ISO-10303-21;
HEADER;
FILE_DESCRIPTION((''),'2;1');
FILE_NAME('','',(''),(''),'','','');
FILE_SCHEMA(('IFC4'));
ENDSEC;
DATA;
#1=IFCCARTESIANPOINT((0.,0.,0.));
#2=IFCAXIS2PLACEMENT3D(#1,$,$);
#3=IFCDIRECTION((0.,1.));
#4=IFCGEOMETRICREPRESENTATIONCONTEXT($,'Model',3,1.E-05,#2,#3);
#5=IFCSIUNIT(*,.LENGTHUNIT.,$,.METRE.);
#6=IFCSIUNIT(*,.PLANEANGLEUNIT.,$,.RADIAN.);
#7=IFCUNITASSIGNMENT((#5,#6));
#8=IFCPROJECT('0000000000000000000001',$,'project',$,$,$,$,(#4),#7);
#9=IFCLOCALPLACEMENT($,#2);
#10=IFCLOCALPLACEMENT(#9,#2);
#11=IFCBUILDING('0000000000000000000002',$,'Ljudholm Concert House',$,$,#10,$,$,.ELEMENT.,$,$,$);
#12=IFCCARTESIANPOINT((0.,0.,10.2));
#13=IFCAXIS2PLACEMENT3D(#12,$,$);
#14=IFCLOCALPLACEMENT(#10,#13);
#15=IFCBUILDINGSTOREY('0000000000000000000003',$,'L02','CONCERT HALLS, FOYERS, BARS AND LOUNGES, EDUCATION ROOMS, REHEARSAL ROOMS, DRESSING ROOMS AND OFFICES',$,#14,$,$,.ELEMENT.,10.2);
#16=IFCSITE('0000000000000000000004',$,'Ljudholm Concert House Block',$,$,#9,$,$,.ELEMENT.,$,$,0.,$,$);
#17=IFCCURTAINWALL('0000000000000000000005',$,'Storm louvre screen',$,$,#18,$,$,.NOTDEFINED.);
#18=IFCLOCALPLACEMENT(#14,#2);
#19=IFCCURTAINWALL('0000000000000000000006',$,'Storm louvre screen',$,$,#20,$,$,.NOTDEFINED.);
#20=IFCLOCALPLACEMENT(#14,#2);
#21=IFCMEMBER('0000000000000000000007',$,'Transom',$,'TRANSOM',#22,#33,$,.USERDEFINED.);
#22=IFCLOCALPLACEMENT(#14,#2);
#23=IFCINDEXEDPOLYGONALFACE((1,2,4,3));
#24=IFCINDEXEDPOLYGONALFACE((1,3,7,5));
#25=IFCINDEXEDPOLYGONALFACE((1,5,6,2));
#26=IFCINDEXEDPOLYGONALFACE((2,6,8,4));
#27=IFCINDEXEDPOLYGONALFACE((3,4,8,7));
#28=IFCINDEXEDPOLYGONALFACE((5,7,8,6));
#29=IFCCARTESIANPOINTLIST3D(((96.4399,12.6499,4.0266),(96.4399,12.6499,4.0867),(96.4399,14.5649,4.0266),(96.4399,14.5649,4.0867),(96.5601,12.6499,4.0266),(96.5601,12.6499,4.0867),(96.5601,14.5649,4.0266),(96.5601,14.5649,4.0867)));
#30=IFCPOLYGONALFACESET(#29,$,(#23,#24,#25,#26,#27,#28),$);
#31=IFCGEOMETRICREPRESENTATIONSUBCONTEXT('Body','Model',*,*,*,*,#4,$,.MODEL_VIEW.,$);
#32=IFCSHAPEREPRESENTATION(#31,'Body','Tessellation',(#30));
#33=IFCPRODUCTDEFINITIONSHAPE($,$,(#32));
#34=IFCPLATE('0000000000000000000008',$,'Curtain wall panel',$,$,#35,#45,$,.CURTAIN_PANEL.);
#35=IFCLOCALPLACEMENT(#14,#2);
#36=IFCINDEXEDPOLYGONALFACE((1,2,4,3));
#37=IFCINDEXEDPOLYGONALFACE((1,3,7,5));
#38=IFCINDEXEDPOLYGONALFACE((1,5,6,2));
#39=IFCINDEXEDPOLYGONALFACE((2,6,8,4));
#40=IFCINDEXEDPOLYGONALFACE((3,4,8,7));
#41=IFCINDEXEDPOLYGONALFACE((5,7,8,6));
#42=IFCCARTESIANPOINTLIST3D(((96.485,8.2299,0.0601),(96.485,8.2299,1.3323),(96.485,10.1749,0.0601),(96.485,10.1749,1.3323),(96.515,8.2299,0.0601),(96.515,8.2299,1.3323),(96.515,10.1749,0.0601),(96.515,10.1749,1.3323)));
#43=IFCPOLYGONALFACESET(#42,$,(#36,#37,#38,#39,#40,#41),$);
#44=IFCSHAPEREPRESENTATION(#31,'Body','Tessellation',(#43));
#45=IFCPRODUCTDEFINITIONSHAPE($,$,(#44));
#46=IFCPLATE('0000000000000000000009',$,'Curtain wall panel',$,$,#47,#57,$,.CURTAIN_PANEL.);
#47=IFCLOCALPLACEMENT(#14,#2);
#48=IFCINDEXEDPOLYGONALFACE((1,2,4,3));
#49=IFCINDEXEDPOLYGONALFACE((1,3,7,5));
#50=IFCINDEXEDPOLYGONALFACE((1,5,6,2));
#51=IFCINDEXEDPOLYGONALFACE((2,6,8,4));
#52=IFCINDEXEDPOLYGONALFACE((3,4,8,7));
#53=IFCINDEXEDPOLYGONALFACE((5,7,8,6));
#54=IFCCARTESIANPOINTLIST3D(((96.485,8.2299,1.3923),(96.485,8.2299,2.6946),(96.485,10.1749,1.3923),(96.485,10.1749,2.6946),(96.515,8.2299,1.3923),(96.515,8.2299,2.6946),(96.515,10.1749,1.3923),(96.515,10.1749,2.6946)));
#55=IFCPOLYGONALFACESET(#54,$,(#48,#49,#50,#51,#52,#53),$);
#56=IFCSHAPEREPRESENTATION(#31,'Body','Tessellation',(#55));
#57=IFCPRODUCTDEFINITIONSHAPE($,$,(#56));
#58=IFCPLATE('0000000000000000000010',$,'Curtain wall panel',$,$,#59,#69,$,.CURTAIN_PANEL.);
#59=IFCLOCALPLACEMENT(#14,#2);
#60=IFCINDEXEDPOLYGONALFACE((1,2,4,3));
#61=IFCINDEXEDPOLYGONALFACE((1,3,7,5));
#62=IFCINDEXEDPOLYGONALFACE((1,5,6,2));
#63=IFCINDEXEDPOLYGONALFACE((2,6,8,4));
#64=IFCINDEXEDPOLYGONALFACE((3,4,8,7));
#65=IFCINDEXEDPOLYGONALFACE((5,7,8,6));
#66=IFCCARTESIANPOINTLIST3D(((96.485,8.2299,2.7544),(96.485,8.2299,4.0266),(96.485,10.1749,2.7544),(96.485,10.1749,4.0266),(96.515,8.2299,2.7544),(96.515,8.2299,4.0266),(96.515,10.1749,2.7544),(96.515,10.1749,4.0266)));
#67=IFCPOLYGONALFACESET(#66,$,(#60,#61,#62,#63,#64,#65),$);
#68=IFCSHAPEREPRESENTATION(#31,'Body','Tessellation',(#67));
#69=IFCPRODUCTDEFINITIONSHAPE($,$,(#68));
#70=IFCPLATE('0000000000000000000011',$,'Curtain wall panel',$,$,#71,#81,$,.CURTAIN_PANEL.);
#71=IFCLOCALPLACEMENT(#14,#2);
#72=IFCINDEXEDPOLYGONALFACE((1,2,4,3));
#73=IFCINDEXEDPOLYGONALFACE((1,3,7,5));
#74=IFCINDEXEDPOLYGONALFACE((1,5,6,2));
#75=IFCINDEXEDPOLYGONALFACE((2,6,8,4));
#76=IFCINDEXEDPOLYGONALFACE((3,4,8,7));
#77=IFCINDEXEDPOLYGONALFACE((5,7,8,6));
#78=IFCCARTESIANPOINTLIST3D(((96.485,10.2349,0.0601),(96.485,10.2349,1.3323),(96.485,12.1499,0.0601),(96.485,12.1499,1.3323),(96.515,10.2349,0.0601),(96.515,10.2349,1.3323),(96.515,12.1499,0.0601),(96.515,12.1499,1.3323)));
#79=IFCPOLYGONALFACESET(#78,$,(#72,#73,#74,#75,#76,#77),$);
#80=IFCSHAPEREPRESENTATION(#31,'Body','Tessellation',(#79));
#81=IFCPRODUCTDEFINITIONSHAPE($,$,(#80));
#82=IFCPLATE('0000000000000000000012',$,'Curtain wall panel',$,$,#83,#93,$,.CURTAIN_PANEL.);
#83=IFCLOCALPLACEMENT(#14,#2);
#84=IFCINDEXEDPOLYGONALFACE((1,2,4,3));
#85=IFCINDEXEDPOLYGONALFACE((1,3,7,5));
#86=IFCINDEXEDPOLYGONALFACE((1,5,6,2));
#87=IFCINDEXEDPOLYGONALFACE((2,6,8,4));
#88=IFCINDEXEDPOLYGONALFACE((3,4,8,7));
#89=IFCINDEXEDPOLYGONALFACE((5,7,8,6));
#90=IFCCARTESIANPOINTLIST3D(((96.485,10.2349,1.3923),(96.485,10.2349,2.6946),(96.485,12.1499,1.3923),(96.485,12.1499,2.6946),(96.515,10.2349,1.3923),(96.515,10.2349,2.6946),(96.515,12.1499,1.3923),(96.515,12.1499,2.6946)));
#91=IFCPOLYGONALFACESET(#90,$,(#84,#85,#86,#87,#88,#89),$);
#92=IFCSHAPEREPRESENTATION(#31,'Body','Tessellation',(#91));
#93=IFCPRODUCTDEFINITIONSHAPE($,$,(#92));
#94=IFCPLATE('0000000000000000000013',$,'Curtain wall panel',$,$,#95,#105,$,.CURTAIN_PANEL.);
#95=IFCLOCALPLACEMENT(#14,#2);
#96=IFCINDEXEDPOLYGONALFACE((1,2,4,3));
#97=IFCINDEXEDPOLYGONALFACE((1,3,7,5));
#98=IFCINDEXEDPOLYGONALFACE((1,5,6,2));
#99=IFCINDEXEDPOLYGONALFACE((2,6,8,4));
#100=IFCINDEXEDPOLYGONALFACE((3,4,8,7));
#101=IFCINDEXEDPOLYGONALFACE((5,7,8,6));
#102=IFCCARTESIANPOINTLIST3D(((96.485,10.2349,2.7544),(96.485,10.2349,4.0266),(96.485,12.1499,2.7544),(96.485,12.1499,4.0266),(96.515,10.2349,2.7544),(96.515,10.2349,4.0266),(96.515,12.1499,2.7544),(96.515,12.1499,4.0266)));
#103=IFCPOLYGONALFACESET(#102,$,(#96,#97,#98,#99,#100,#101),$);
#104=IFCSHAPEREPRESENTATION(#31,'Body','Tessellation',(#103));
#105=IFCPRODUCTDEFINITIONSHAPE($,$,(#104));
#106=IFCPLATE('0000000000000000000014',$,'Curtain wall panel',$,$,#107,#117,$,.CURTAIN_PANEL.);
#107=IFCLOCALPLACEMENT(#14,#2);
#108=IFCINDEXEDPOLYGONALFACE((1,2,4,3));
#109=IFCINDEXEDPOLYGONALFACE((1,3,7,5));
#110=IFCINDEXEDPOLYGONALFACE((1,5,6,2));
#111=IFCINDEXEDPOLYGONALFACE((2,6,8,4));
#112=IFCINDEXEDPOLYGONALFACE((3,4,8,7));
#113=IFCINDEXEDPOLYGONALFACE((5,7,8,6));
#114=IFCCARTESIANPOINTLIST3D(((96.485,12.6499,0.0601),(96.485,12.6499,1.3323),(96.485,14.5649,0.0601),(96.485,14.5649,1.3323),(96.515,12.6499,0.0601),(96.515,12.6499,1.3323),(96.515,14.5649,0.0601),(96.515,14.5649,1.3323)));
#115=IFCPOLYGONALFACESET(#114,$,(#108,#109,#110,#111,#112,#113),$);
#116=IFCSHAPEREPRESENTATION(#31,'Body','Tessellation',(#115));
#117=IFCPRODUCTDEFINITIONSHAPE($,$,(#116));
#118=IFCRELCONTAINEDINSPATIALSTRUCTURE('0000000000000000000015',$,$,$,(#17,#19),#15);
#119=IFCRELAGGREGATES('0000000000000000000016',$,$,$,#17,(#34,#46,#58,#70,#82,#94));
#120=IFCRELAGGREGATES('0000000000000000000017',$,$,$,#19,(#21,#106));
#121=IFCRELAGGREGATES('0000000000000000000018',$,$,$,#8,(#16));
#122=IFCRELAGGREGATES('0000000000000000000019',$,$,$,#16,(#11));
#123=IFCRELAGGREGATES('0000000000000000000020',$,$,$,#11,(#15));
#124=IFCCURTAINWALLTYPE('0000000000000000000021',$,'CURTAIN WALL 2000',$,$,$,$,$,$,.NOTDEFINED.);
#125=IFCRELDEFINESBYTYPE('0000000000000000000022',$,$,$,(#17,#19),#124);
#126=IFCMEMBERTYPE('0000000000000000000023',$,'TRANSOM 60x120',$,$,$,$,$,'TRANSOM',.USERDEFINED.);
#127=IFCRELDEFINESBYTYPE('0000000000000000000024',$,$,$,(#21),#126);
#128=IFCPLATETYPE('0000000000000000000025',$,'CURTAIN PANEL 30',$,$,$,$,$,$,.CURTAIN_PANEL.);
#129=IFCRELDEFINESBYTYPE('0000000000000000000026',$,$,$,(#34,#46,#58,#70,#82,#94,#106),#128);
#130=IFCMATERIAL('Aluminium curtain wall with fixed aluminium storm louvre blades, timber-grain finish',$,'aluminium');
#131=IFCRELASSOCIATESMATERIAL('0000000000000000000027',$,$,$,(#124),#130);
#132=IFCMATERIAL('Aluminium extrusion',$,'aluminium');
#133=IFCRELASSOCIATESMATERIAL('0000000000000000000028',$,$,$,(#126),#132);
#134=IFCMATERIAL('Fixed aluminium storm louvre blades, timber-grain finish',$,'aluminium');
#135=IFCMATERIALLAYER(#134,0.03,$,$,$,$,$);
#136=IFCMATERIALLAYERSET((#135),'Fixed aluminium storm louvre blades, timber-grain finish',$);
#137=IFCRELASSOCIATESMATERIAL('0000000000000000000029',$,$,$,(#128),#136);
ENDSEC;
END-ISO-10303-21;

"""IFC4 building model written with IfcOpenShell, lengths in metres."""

from ifc_helpers import new_model, si_unit, direction, frame, origin, origin_2d, place, context, subcontext, project, spatial, rectangle, extrude, material, layer, layer_set, material_profile, profile_set, type_object, element, aggregate, save


model = new_model("IFC4")

# Units and contexts
model_context = context("Model", 3, precision=1e-05, world=origin(), true_north=direction((0.0, 1.0)))
body_context = subcontext(model_context, "Body", "Model", "MODEL_VIEW")
ifc_project = project(units=[si_unit("LENGTHUNIT", "METRE"), si_unit("PLANEANGLEUNIT", "RADIAN")], contexts=[model_context])

# Site, building, storey
site_placement = place(None, origin())
site = spatial("IfcSite", under=ifc_project, at=site_placement, Name="Ljudholm Concert House Block", CompositionType="ELEMENT", RefElevation=0.0)
building_placement = place(site_placement, origin())
building = spatial("IfcBuilding", under=site, at=building_placement, Name="Ljudholm Concert House", CompositionType="ELEMENT")
storey_placement = place(building_placement, frame((0.0, 0.0, 10.2)))
storey = spatial("IfcBuildingStorey", under=building, at=storey_placement, Name="L02", Description="CONCERT HALLS, FOYERS, BARS AND LOUNGES, EDUCATION ROOMS, REHEARSAL ROOMS, DRESSING ROOMS AND OFFICES", CompositionType="ELEMENT", Elevation=10.2)

# Curtain wall
ifc_material_1 = material(Name="Aluminium curtain wall with fixed aluminium storm louvre blades, timber-grain finish", Category="aluminium")
curtain_wall_type = type_object("IfcCurtainWallType", Name="CURTAIN WALL 2000", PredefinedType="NOTDEFINED", material=ifc_material_1)
curtain_wall_1_placement = place(storey_placement, origin())
curtain_wall_1 = element("IfcCurtainWall", 1, at=curtain_wall_1_placement, inside=storey, type_object=curtain_wall_type, Name="Storm louvre screen", PredefinedType="NOTDEFINED")

# Curtain wall
curtain_wall_2_placement = place(storey_placement, origin())
curtain_wall_2 = element("IfcCurtainWall", 2, at=curtain_wall_2_placement, inside=storey, type_object=curtain_wall_type, Name="Storm louvre screen", PredefinedType="NOTDEFINED")

# Member
ifc_material_2 = material(Name="Aluminium extrusion", Category="aluminium")
ifc_material_profile_1 = material_profile(ifc_material_2, rectangle(XDim=0.1201, YDim=0.0601, at=origin_2d()), Name="TRANSOM 60x120")
ifc_profile_set_1 = profile_set([ifc_material_profile_1], Name="Aluminium extrusion")
member_type_1 = type_object("IfcMemberType", Name="TRANSOM 60x120", ElementType="TRANSOM", PredefinedType="USERDEFINED", material=ifc_profile_set_1)
member_1_placement = place(storey_placement, frame((96.5, 12.6499, 4.0566), z_axis=(0.0, 1.0, 0.0), x_axis=(-1.0, 0.0, 0.0)))
member_1 = element("IfcMember", 3, at=member_1_placement, type_object=member_type_1, Name="Transom", ObjectType="TRANSOM", PredefinedType="USERDEFINED", context=body_context, shape_type="SweptSolid", body=[
    extrude(rectangle(XDim=0.1201, YDim=0.0601, at=origin_2d()), origin(), (0.0, 0.0, 1.0), 1.915),
])

# Plates
ifc_material_3 = material(Name="Fixed aluminium storm louvre blades, timber-grain finish", Category="aluminium")
ifc_layer = layer(ifc_material_3, 0.03)
ifc_layer_set = layer_set([ifc_layer], Name="Fixed aluminium storm louvre blades, timber-grain finish")
plate_type = type_object("IfcPlateType", Name="CURTAIN PANEL 30", PredefinedType="CURTAIN_PANEL", material=ifc_layer_set)
plate_1_placement = place(storey_placement, frame((96.5, 9.2024, 0.0601), z_axis=(0.0, 0.0, 1.0), x_axis=(0.0, 1.0, 0.0)))
plate_1 = element("IfcPlate", 4, at=plate_1_placement, type_object=plate_type, Name="Curtain wall panel", PredefinedType="CURTAIN_PANEL", context=body_context, shape_type="SweptSolid", body=[
    extrude(rectangle(XDim=1.9451, YDim=0.03, at=origin_2d()), origin(), (0.0, 0.0, 1.0), 1.2722),
])
plate_2_placement = place(storey_placement, frame((96.5, 9.2024, 1.3923), z_axis=(0.0, 0.0, 1.0), x_axis=(0.0, 1.0, 0.0)))
plate_2 = element("IfcPlate", 5, at=plate_2_placement, type_object=plate_type, Name="Curtain wall panel", PredefinedType="CURTAIN_PANEL", context=body_context, shape_type="SweptSolid", body=[
    extrude(rectangle(XDim=1.9451, YDim=0.03, at=origin_2d()), origin(), (0.0, 0.0, 1.0), 1.3022),
])
plate_3_placement = place(storey_placement, frame((96.5, 9.2024, 2.7544), z_axis=(0.0, 0.0, 1.0), x_axis=(0.0, 1.0, 0.0)))
plate_3 = element("IfcPlate", 6, at=plate_3_placement, type_object=plate_type, Name="Curtain wall panel", PredefinedType="CURTAIN_PANEL", context=body_context, shape_type="SweptSolid", body=[
    extrude(rectangle(XDim=1.9451, YDim=0.03, at=origin_2d()), origin(), (0.0, 0.0, 1.0), 1.2722),
])
plate_4_placement = place(storey_placement, frame((96.5, 11.1924, 0.0601), z_axis=(0.0, 0.0, 1.0), x_axis=(0.0, 1.0, 0.0)))
plate_4 = element("IfcPlate", 7, at=plate_4_placement, type_object=plate_type, Name="Curtain wall panel", PredefinedType="CURTAIN_PANEL", context=body_context, shape_type="SweptSolid", body=[
    extrude(rectangle(XDim=1.915, YDim=0.03, at=origin_2d()), origin(), (0.0, 0.0, 1.0), 1.2722),
])
plate_5_placement = place(storey_placement, frame((96.5, 11.1924, 1.3923), z_axis=(0.0, 0.0, 1.0), x_axis=(0.0, 1.0, 0.0)))
plate_5 = element("IfcPlate", 8, at=plate_5_placement, type_object=plate_type, Name="Curtain wall panel", PredefinedType="CURTAIN_PANEL", context=body_context, shape_type="SweptSolid", body=[
    extrude(rectangle(XDim=1.915, YDim=0.03, at=origin_2d()), origin(), (0.0, 0.0, 1.0), 1.3022),
])
plate_6_placement = place(storey_placement, frame((96.5, 11.1924, 2.7544), z_axis=(0.0, 0.0, 1.0), x_axis=(0.0, 1.0, 0.0)))
plate_6 = element("IfcPlate", 9, at=plate_6_placement, type_object=plate_type, Name="Curtain wall panel", PredefinedType="CURTAIN_PANEL", context=body_context, shape_type="SweptSolid", body=[
    extrude(rectangle(XDim=1.915, YDim=0.03, at=origin_2d()), origin(), (0.0, 0.0, 1.0), 1.2722),
])
aggregate(curtain_wall_1, [plate_1, plate_2, plate_3, plate_4, plate_5, plate_6])
plate_7_placement = place(storey_placement, frame((96.5, 13.6074, 0.0601), z_axis=(0.0, 0.0, 1.0), x_axis=(0.0, 1.0, 0.0)))
plate_7 = element("IfcPlate", 10, at=plate_7_placement, type_object=plate_type, Name="Curtain wall panel", PredefinedType="CURTAIN_PANEL", context=body_context, shape_type="SweptSolid", body=[
    extrude(rectangle(XDim=1.915, YDim=0.03, at=origin_2d()), origin(), (0.0, 0.0, 1.0), 1.2722),
])
aggregate(curtain_wall_2, [member_1, plate_7])

save(model, "model.ifc")
